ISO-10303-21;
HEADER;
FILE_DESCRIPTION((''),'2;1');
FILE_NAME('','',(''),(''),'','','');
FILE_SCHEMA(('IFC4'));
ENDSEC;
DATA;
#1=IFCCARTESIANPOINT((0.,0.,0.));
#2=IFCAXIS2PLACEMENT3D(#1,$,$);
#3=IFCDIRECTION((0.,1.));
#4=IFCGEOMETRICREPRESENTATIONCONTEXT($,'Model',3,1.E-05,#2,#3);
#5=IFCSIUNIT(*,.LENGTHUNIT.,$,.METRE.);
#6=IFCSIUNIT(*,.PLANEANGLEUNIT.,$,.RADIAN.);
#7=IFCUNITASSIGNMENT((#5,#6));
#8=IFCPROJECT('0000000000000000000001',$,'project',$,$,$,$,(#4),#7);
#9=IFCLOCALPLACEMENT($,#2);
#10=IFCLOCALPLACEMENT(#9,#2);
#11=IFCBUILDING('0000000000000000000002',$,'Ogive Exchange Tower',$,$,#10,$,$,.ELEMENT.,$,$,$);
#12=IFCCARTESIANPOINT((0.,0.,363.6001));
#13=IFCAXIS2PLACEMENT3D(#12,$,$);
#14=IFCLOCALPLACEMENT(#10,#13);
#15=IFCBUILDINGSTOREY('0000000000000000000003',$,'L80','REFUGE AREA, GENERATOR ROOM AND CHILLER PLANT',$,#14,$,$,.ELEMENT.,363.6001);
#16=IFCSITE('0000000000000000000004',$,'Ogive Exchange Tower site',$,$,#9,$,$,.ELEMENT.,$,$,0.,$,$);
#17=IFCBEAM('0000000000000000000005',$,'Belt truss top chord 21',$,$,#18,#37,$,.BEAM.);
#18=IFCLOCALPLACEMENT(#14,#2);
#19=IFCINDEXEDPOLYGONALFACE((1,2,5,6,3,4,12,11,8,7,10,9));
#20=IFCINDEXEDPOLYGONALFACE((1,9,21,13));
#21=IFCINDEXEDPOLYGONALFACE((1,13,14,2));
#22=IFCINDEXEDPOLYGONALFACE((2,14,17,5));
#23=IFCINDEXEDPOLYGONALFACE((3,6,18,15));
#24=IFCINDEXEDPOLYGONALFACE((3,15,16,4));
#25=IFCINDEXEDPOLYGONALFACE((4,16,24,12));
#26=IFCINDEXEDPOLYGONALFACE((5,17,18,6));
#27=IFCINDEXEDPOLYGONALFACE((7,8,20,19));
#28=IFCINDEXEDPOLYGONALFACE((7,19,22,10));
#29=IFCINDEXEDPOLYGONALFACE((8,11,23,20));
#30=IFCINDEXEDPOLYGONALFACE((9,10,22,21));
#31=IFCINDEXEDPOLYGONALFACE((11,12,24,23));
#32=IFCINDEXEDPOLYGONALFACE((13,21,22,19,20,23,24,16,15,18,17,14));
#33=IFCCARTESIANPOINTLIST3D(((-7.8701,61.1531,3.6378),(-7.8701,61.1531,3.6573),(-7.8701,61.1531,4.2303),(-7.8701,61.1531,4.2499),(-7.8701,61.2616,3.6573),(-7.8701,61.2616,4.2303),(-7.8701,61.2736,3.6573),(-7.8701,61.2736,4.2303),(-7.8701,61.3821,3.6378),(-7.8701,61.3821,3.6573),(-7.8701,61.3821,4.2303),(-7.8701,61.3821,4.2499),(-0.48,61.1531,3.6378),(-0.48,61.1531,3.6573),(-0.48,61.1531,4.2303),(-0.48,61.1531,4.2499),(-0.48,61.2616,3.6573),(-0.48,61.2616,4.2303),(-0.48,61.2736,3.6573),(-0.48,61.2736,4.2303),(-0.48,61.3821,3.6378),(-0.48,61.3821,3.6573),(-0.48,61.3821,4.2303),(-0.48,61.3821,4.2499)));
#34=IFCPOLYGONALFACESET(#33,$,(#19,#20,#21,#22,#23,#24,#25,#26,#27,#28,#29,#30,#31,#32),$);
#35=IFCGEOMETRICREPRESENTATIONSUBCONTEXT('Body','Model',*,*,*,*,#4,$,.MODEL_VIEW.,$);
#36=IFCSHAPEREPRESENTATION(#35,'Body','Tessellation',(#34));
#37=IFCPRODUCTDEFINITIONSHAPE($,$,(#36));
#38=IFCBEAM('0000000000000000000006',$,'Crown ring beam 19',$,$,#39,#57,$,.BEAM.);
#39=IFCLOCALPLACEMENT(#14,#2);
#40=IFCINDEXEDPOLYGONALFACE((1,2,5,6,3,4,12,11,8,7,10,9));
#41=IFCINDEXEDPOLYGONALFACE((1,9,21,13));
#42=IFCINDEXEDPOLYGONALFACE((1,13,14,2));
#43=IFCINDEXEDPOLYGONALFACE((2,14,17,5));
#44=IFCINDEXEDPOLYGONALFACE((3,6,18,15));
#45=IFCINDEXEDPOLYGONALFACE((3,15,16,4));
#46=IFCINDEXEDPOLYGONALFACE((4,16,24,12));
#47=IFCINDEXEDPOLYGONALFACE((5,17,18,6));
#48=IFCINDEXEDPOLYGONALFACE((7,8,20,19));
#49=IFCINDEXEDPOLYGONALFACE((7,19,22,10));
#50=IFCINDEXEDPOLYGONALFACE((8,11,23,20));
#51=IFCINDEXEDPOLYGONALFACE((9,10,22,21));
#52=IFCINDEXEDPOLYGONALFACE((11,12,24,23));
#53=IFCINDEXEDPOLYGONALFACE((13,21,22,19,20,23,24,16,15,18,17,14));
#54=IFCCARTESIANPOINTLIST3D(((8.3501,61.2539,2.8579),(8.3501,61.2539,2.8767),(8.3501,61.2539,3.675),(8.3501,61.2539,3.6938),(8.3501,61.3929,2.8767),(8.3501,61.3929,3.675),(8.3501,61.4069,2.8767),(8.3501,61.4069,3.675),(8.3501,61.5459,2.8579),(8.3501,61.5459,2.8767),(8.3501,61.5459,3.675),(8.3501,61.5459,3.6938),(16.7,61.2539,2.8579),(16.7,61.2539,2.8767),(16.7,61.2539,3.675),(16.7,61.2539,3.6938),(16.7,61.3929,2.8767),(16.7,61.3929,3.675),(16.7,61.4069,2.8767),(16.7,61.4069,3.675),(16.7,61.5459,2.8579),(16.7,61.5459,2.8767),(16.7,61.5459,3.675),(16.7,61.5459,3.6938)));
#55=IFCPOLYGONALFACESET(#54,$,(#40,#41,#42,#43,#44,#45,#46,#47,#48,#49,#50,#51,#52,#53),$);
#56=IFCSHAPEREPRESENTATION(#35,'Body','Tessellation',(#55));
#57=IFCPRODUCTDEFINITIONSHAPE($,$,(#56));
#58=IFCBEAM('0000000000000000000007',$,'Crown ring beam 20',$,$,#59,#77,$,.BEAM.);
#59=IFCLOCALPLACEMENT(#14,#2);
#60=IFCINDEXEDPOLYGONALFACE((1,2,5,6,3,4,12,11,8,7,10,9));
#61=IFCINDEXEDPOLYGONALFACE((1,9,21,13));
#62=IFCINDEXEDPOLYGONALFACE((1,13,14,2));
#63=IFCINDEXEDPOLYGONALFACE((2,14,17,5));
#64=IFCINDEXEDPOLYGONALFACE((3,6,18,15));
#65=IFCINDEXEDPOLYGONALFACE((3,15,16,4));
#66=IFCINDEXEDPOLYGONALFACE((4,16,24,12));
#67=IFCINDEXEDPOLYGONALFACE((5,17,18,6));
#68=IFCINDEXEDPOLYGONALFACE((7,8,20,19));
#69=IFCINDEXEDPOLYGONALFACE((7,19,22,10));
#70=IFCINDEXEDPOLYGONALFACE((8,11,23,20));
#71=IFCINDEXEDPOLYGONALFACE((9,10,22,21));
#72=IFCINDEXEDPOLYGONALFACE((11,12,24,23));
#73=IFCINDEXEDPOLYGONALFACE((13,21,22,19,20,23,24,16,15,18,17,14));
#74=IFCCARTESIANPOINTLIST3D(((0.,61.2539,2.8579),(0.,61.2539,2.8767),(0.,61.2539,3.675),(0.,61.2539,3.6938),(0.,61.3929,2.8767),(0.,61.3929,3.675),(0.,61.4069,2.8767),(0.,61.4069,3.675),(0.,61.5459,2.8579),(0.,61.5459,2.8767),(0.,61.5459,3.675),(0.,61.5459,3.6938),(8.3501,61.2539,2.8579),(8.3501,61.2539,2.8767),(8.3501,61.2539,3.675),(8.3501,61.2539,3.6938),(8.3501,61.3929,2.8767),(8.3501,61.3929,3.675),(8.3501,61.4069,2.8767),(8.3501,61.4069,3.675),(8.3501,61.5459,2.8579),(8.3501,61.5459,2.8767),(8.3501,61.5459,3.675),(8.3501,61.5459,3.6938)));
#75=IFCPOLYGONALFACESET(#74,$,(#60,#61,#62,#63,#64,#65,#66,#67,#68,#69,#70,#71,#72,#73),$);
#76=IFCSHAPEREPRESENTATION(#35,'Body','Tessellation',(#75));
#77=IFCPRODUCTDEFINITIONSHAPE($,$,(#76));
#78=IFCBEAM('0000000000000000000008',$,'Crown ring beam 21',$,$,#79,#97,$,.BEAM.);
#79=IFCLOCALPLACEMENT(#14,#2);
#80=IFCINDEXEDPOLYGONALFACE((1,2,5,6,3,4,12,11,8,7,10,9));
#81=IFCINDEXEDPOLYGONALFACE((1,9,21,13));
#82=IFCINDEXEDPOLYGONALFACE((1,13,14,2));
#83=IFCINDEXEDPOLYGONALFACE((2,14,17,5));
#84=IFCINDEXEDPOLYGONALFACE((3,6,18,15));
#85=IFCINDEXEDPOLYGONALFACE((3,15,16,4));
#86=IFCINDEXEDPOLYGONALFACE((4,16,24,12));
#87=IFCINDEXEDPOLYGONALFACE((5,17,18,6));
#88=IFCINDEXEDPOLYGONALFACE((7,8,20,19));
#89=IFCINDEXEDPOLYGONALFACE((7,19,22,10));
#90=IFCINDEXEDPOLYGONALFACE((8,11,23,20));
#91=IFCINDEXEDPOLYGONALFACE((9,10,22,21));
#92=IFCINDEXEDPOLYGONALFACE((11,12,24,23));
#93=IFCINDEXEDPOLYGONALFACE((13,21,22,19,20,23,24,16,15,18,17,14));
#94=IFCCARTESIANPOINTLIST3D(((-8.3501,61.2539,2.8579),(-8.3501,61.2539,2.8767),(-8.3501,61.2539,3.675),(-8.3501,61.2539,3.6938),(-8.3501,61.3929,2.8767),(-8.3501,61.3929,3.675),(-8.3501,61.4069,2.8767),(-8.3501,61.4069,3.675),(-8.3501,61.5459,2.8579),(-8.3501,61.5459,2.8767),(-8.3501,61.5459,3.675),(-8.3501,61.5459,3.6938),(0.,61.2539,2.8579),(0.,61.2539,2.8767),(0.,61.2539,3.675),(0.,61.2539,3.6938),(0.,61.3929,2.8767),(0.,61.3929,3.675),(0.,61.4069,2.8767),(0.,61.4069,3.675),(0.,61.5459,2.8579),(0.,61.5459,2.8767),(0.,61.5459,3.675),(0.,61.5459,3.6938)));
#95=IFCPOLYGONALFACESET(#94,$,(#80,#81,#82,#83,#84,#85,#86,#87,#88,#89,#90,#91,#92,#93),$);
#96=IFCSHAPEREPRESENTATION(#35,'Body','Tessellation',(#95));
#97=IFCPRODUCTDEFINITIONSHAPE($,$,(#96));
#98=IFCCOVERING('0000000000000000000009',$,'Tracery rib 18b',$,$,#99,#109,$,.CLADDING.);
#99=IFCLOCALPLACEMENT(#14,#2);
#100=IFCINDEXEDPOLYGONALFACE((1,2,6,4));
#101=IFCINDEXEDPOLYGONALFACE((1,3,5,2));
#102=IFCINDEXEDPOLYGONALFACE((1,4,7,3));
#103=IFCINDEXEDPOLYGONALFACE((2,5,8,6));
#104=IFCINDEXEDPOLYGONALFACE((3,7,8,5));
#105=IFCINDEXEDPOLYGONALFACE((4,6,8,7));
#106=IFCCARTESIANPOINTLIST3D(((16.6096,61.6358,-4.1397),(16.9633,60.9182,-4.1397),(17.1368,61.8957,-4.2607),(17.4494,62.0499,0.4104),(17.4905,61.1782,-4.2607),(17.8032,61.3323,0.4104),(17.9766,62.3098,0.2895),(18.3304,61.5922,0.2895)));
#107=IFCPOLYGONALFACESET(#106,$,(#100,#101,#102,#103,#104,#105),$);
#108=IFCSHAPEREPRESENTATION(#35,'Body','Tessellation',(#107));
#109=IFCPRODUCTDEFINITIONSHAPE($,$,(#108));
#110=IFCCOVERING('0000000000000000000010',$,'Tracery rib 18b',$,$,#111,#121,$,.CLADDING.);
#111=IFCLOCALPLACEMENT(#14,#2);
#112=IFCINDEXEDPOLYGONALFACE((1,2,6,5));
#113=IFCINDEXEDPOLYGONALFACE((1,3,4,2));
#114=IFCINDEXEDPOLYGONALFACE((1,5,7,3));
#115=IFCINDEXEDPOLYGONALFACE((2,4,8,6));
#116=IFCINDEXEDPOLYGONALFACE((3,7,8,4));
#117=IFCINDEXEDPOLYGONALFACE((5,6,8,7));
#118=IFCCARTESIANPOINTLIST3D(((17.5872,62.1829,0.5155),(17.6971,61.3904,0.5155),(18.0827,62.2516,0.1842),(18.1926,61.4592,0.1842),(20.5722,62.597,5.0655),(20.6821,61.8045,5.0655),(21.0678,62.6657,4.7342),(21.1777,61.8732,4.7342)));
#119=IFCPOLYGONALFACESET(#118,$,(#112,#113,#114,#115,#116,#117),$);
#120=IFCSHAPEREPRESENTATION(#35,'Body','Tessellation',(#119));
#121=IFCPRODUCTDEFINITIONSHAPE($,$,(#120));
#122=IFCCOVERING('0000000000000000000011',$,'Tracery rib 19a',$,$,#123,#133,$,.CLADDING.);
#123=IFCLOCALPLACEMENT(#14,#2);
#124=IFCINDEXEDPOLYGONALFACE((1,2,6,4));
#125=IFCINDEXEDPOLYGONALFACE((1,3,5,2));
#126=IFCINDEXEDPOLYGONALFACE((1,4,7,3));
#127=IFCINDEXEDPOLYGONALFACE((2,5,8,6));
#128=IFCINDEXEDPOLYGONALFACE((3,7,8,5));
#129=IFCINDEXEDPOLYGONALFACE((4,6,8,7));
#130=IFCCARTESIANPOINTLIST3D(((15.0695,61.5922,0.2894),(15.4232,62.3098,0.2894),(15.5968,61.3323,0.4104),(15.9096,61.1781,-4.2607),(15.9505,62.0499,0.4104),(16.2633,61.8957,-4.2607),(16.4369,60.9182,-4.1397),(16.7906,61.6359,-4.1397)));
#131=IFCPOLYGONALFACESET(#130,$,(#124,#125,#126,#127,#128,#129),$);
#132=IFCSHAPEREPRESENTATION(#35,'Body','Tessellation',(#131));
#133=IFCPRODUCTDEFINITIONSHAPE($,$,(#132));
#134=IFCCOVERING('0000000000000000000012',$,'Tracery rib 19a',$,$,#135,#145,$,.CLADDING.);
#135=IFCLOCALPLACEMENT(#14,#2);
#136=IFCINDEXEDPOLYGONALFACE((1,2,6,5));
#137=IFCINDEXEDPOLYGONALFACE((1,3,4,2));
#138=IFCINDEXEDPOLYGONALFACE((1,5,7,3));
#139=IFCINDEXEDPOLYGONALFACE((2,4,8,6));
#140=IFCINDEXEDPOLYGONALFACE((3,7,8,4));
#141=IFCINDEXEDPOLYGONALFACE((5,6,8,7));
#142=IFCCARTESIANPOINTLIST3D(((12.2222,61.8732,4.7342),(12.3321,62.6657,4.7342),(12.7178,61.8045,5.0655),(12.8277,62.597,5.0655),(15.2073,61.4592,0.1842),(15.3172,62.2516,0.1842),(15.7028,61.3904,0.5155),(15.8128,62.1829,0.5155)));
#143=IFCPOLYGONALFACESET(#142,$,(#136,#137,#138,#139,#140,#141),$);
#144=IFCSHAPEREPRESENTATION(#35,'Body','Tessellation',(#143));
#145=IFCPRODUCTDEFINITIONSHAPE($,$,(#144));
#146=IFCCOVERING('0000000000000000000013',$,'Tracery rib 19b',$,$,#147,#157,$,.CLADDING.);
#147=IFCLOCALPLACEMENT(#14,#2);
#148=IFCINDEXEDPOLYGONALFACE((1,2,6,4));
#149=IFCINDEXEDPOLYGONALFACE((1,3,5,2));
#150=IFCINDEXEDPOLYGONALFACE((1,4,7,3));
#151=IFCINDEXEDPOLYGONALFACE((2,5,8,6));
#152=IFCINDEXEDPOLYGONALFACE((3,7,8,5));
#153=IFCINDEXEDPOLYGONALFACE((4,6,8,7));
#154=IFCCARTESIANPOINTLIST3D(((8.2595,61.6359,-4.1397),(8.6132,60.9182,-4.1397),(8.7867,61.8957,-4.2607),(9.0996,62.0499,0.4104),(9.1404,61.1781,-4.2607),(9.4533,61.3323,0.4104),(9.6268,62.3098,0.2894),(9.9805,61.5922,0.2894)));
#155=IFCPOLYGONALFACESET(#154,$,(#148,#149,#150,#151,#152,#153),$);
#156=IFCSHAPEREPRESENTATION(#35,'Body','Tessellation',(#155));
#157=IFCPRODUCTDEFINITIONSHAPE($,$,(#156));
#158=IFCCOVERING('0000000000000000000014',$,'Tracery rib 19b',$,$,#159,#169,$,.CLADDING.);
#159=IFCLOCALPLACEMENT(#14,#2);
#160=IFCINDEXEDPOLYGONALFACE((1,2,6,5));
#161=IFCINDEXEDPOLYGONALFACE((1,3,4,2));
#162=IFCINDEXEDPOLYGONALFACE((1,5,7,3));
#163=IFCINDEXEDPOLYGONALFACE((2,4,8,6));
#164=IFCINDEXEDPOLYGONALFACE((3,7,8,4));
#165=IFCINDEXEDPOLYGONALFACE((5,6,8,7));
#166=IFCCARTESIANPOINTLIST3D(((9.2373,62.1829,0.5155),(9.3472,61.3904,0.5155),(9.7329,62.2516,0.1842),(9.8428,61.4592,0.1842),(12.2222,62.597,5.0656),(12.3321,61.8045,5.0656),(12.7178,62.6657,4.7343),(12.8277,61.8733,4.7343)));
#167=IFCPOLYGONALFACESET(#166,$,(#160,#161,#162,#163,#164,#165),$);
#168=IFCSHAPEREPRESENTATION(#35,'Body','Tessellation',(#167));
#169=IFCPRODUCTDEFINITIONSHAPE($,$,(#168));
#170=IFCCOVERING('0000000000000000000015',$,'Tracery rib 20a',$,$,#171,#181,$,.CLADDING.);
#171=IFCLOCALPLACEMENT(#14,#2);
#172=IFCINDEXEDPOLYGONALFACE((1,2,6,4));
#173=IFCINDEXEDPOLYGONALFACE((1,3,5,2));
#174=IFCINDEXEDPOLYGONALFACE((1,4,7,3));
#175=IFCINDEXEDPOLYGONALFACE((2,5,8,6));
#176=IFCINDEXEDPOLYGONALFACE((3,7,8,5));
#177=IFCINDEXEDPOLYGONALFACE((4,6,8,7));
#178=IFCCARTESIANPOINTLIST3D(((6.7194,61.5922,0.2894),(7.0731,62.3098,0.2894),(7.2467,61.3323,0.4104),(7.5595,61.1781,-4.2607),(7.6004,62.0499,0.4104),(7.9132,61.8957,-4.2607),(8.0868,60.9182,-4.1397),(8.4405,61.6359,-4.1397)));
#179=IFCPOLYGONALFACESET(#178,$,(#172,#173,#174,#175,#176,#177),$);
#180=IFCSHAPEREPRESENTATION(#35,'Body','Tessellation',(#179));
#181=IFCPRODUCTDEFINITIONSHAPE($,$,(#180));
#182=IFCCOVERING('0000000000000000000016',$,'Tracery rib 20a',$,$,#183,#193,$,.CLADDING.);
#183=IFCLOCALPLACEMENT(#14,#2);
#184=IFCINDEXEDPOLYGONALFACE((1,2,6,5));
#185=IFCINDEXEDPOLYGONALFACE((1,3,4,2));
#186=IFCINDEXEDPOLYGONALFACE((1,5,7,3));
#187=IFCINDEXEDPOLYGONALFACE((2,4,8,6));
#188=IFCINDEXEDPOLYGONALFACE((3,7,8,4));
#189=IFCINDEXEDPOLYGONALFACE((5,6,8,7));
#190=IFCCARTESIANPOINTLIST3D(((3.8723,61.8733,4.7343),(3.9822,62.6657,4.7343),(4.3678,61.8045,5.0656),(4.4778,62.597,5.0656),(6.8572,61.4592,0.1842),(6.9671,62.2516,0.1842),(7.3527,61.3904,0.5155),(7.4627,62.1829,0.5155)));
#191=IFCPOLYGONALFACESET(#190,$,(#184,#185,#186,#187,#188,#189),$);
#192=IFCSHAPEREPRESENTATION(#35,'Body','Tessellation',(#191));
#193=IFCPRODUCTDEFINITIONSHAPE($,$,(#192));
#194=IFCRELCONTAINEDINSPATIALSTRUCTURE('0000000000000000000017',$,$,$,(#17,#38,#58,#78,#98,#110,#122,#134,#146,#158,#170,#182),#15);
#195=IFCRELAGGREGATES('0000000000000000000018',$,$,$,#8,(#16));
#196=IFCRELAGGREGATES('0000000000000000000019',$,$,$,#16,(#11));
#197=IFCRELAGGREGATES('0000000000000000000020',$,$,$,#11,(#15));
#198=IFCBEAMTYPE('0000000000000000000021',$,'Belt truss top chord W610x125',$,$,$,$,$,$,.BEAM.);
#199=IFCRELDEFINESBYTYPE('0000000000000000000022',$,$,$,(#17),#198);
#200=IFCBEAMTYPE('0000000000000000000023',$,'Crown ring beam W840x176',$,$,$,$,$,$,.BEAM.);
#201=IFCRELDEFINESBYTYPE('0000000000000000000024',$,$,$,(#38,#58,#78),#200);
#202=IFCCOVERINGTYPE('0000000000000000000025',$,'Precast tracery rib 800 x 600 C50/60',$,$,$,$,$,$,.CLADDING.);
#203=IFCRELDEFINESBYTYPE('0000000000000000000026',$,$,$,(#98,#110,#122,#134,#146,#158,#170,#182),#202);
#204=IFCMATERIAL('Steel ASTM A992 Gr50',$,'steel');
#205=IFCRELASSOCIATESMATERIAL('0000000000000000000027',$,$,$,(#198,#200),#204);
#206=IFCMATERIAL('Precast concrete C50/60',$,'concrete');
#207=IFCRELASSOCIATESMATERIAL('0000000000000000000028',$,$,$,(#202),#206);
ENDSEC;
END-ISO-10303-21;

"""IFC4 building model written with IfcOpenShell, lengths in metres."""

from ifc_helpers import new_model, si_unit, direction, frame, origin, origin_2d, place, context, subcontext, project, spatial, rectangle, i_section, extrude, material, material_profile, profile_set, type_object, element, save


model = new_model("IFC4")

# Units and contexts
model_context = context("Model", 3, precision=1e-05, world=origin(), true_north=direction((0.0, 1.0)))
body_context = subcontext(model_context, "Body", "Model", "MODEL_VIEW")
ifc_project = project(units=[si_unit("LENGTHUNIT", "METRE"), si_unit("PLANEANGLEUNIT", "RADIAN")], contexts=[model_context])

# Site, building, storey
site_placement = place(None, origin())
site = spatial("IfcSite", under=ifc_project, at=site_placement, Name="Ogive Exchange Tower site", CompositionType="ELEMENT", RefElevation=0.0)
building_placement = place(site_placement, origin())
building = spatial("IfcBuilding", under=site, at=building_placement, Name="Ogive Exchange Tower", CompositionType="ELEMENT")
storey_placement = place(building_placement, frame((0.0, 0.0, 363.6001)))
storey = spatial("IfcBuildingStorey", under=building, at=storey_placement, Name="L80", Description="REFUGE AREA, GENERATOR ROOM AND CHILLER PLANT", CompositionType="ELEMENT", Elevation=363.6001)

# Shared definitions
ifc_material_1 = material(Name="Steel ASTM A992 Gr50", Category="steel")

# Beams
ifc_material_profile_1 = material_profile(ifc_material_1, i_section(OverallWidth=0.229, OverallDepth=0.6121, WebThickness=0.012, FlangeThickness=0.0195, at=origin_2d()), Name="W610x125")
ifc_profile_set_1 = profile_set([ifc_material_profile_1], Name="Steel ASTM A992 Gr50")
beam_type_1 = type_object("IfcBeamType", Name="Belt truss top chord W610x125", PredefinedType="BEAM", material=ifc_profile_set_1)
for number, where, z_axis, x_axis, name in (
    (1, (-0.48, 61.2676, 3.9438), (-1.0, 0.0, 0.0), (0.0, -1.0, 0.0), "Belt truss top chord 21"),
):
    element("IfcBeam", number, at=place(storey_placement, frame(where, z_axis=z_axis, x_axis=x_axis)), inside=storey, type_object=beam_type_1, Name=name, PredefinedType="BEAM", context=body_context, shape_type="SweptSolid", body=[
        extrude(i_section(OverallWidth=0.229, OverallDepth=0.6121, WebThickness=0.012, FlangeThickness=0.0195, at=origin_2d()), origin(), (0.0, 0.0, 1.0), 7.3901),
    ])
ifc_material_profile_2 = material_profile(ifc_material_1, i_section(OverallWidth=0.292, OverallDepth=0.8359, WebThickness=0.0139, FlangeThickness=0.0188, at=origin_2d()), Name="W840x176")
ifc_profile_set_2 = profile_set([ifc_material_profile_2], Name="Steel ASTM A992 Gr50")
beam_type_2 = type_object("IfcBeamType", Name="Crown ring beam W840x176", PredefinedType="BEAM", material=ifc_profile_set_2)
beam_1_placement = place(storey_placement, frame((16.7, 61.3999, 3.2759), z_axis=(-1.0, 0.0, 0.0), x_axis=(0.0, -1.0, 0.0)))
element("IfcBeam", 2, at=beam_1_placement, inside=storey, type_object=beam_type_2, Name="Crown ring beam 19", PredefinedType="BEAM", context=body_context, shape_type="SweptSolid", body=[
    extrude(i_section(OverallWidth=0.292, OverallDepth=0.8359, WebThickness=0.0139, FlangeThickness=0.0188, at=origin_2d()), origin(), (0.0, 0.0, 1.0), 8.3499),
])
for number, where, z_axis, x_axis, name in (
    (3, (8.3501, 61.3999, 3.2759), (-1.0, 0.0, 0.0), (0.0, -1.0, 0.0), "Crown ring beam 20"),
    (4, (0.0, 61.3999, 3.2759), (-1.0, 0.0, 0.0), (0.0, -1.0, 0.0), "Crown ring beam 21"),
):
    element("IfcBeam", number, at=place(storey_placement, frame(where, z_axis=z_axis, x_axis=x_axis)), inside=storey, type_object=beam_type_2, Name=name, PredefinedType="BEAM", context=body_context, shape_type="SweptSolid", body=[
        extrude(i_section(OverallWidth=0.292, OverallDepth=0.8359, WebThickness=0.0139, FlangeThickness=0.0188, at=origin_2d()), origin(), (0.0, 0.0, 1.0), 8.3501),
    ])

# Coverings
ifc_material_2 = material(Name="Precast concrete C50/60", Category="concrete")
ifc_material_profile_3 = material_profile(ifc_material_2, rectangle(XDim=0.8, YDim=0.6001, at=origin_2d()), Name="RIB 800 x 600")
ifc_profile_set_3 = profile_set([ifc_material_profile_3], Name="Precast concrete C50/60")
covering_type = type_object("IfcCoveringType", Name="Precast tracery rib 800 x 600 C50/60", PredefinedType="CLADDING", material=ifc_profile_set_3)
covering_1_placement = place(storey_placement, frame((17.05, 61.407, -4.2002), z_axis=(0.18079, 0.089134, 0.979474), x_axis=(-0.442201, 0.896916, 0.0)))
element("IfcCovering", 5, at=covering_1_placement, inside=storey, type_object=covering_type, Name="Tracery rib 18b", PredefinedType="CLADDING", context=body_context, shape_type="SweptSolid", body=[
    extrude(rectangle(XDim=0.8, YDim=0.6001, at=origin_2d()), origin(), (0.0, 0.0, 1.0), 4.6455),
])
covering_2_placement = place(storey_placement, frame((17.8899, 61.821, 0.3499), z_axis=(0.546965, 0.075869, 0.833711), x_axis=(-0.137394, 0.990516, 0.0)))
element("IfcCovering", 6, at=covering_2_placement, inside=storey, type_object=covering_type, Name="Tracery rib 18b", PredefinedType="CLADDING", context=body_context, shape_type="SweptSolid", body=[
    extrude(rectangle(XDim=0.8, YDim=0.6001, at=origin_2d()), origin(), (0.0, 0.0, 1.0), 5.4575),
])
covering_3_placement = place(storey_placement, frame((16.3501, 61.407, -4.2002), z_axis=(-0.180841, 0.089133, 0.979465), x_axis=(-0.442097, -0.896967, 0.0)))
element("IfcCovering", 7, at=covering_3_placement, inside=storey, type_object=covering_type, Name="Tracery rib 19a", PredefinedType="CLADDING", context=body_context, shape_type="SweptSolid", body=[
    extrude(rectangle(XDim=0.8, YDim=0.6001, at=origin_2d()), origin(), (0.0, 0.0, 1.0), 4.6455),
])
covering_4_placement = place(storey_placement, frame((15.51, 61.821, 0.3499), z_axis=(-0.546965, 0.075869, 0.833711), x_axis=(-0.137394, -0.990516, 0.0)))
element("IfcCovering", 8, at=covering_4_placement, inside=storey, type_object=covering_type, Name="Tracery rib 19a", PredefinedType="CLADDING", context=body_context, shape_type="SweptSolid", body=[
    extrude(rectangle(XDim=0.8, YDim=0.6001, at=origin_2d()), origin(), (0.0, 0.0, 1.0), 5.4575),
])
covering_5_placement = place(storey_placement, frame((8.7, 61.407, -4.2002), z_axis=(0.180841, 0.089133, 0.979465), x_axis=(-0.442097, 0.896967, 0.0)))
element("IfcCovering", 9, at=covering_5_placement, inside=storey, type_object=covering_type, Name="Tracery rib 19b", PredefinedType="CLADDING", context=body_context, shape_type="SweptSolid", body=[
    extrude(rectangle(XDim=0.8, YDim=0.6001, at=origin_2d()), origin(), (0.0, 0.0, 1.0), 4.6455),
])
covering_6_placement = place(storey_placement, frame((9.54, 61.821, 0.3499), z_axis=(0.546933, 0.075871, 0.833731), x_axis=(-0.137405, 0.990515, 0.0)))
element("IfcCovering", 10, at=covering_6_placement, inside=storey, type_object=covering_type, Name="Tracery rib 19b", PredefinedType="CLADDING", context=body_context, shape_type="SweptSolid", body=[
    extrude(rectangle(XDim=0.8, YDim=0.6001, at=origin_2d()), origin(), (0.0, 0.0, 1.0), 5.4575),
])
covering_7_placement = place(storey_placement, frame((8.0, 61.407, -4.2002), z_axis=(-0.180841, 0.089133, 0.979465), x_axis=(-0.442097, -0.896967, 0.0)))
element("IfcCovering", 11, at=covering_7_placement, inside=storey, type_object=covering_type, Name="Tracery rib 20a", PredefinedType="CLADDING", context=body_context, shape_type="SweptSolid", body=[
    extrude(rectangle(XDim=0.8, YDim=0.6001, at=origin_2d()), origin(), (0.0, 0.0, 1.0), 4.6455),
])
covering_8_placement = place(storey_placement, frame((7.1599, 61.821, 0.3499), z_axis=(-0.546933, 0.075871, 0.833731), x_axis=(-0.137405, -0.990515, 0.0)))
element("IfcCovering", 12, at=covering_8_placement, inside=storey, type_object=covering_type, Name="Tracery rib 20a", PredefinedType="CLADDING", context=body_context, shape_type="SweptSolid", body=[
    extrude(rectangle(XDim=0.8, YDim=0.6001, at=origin_2d()), origin(), (0.0, 0.0, 1.0), 5.4575),
])

save(model, "model.ifc")
